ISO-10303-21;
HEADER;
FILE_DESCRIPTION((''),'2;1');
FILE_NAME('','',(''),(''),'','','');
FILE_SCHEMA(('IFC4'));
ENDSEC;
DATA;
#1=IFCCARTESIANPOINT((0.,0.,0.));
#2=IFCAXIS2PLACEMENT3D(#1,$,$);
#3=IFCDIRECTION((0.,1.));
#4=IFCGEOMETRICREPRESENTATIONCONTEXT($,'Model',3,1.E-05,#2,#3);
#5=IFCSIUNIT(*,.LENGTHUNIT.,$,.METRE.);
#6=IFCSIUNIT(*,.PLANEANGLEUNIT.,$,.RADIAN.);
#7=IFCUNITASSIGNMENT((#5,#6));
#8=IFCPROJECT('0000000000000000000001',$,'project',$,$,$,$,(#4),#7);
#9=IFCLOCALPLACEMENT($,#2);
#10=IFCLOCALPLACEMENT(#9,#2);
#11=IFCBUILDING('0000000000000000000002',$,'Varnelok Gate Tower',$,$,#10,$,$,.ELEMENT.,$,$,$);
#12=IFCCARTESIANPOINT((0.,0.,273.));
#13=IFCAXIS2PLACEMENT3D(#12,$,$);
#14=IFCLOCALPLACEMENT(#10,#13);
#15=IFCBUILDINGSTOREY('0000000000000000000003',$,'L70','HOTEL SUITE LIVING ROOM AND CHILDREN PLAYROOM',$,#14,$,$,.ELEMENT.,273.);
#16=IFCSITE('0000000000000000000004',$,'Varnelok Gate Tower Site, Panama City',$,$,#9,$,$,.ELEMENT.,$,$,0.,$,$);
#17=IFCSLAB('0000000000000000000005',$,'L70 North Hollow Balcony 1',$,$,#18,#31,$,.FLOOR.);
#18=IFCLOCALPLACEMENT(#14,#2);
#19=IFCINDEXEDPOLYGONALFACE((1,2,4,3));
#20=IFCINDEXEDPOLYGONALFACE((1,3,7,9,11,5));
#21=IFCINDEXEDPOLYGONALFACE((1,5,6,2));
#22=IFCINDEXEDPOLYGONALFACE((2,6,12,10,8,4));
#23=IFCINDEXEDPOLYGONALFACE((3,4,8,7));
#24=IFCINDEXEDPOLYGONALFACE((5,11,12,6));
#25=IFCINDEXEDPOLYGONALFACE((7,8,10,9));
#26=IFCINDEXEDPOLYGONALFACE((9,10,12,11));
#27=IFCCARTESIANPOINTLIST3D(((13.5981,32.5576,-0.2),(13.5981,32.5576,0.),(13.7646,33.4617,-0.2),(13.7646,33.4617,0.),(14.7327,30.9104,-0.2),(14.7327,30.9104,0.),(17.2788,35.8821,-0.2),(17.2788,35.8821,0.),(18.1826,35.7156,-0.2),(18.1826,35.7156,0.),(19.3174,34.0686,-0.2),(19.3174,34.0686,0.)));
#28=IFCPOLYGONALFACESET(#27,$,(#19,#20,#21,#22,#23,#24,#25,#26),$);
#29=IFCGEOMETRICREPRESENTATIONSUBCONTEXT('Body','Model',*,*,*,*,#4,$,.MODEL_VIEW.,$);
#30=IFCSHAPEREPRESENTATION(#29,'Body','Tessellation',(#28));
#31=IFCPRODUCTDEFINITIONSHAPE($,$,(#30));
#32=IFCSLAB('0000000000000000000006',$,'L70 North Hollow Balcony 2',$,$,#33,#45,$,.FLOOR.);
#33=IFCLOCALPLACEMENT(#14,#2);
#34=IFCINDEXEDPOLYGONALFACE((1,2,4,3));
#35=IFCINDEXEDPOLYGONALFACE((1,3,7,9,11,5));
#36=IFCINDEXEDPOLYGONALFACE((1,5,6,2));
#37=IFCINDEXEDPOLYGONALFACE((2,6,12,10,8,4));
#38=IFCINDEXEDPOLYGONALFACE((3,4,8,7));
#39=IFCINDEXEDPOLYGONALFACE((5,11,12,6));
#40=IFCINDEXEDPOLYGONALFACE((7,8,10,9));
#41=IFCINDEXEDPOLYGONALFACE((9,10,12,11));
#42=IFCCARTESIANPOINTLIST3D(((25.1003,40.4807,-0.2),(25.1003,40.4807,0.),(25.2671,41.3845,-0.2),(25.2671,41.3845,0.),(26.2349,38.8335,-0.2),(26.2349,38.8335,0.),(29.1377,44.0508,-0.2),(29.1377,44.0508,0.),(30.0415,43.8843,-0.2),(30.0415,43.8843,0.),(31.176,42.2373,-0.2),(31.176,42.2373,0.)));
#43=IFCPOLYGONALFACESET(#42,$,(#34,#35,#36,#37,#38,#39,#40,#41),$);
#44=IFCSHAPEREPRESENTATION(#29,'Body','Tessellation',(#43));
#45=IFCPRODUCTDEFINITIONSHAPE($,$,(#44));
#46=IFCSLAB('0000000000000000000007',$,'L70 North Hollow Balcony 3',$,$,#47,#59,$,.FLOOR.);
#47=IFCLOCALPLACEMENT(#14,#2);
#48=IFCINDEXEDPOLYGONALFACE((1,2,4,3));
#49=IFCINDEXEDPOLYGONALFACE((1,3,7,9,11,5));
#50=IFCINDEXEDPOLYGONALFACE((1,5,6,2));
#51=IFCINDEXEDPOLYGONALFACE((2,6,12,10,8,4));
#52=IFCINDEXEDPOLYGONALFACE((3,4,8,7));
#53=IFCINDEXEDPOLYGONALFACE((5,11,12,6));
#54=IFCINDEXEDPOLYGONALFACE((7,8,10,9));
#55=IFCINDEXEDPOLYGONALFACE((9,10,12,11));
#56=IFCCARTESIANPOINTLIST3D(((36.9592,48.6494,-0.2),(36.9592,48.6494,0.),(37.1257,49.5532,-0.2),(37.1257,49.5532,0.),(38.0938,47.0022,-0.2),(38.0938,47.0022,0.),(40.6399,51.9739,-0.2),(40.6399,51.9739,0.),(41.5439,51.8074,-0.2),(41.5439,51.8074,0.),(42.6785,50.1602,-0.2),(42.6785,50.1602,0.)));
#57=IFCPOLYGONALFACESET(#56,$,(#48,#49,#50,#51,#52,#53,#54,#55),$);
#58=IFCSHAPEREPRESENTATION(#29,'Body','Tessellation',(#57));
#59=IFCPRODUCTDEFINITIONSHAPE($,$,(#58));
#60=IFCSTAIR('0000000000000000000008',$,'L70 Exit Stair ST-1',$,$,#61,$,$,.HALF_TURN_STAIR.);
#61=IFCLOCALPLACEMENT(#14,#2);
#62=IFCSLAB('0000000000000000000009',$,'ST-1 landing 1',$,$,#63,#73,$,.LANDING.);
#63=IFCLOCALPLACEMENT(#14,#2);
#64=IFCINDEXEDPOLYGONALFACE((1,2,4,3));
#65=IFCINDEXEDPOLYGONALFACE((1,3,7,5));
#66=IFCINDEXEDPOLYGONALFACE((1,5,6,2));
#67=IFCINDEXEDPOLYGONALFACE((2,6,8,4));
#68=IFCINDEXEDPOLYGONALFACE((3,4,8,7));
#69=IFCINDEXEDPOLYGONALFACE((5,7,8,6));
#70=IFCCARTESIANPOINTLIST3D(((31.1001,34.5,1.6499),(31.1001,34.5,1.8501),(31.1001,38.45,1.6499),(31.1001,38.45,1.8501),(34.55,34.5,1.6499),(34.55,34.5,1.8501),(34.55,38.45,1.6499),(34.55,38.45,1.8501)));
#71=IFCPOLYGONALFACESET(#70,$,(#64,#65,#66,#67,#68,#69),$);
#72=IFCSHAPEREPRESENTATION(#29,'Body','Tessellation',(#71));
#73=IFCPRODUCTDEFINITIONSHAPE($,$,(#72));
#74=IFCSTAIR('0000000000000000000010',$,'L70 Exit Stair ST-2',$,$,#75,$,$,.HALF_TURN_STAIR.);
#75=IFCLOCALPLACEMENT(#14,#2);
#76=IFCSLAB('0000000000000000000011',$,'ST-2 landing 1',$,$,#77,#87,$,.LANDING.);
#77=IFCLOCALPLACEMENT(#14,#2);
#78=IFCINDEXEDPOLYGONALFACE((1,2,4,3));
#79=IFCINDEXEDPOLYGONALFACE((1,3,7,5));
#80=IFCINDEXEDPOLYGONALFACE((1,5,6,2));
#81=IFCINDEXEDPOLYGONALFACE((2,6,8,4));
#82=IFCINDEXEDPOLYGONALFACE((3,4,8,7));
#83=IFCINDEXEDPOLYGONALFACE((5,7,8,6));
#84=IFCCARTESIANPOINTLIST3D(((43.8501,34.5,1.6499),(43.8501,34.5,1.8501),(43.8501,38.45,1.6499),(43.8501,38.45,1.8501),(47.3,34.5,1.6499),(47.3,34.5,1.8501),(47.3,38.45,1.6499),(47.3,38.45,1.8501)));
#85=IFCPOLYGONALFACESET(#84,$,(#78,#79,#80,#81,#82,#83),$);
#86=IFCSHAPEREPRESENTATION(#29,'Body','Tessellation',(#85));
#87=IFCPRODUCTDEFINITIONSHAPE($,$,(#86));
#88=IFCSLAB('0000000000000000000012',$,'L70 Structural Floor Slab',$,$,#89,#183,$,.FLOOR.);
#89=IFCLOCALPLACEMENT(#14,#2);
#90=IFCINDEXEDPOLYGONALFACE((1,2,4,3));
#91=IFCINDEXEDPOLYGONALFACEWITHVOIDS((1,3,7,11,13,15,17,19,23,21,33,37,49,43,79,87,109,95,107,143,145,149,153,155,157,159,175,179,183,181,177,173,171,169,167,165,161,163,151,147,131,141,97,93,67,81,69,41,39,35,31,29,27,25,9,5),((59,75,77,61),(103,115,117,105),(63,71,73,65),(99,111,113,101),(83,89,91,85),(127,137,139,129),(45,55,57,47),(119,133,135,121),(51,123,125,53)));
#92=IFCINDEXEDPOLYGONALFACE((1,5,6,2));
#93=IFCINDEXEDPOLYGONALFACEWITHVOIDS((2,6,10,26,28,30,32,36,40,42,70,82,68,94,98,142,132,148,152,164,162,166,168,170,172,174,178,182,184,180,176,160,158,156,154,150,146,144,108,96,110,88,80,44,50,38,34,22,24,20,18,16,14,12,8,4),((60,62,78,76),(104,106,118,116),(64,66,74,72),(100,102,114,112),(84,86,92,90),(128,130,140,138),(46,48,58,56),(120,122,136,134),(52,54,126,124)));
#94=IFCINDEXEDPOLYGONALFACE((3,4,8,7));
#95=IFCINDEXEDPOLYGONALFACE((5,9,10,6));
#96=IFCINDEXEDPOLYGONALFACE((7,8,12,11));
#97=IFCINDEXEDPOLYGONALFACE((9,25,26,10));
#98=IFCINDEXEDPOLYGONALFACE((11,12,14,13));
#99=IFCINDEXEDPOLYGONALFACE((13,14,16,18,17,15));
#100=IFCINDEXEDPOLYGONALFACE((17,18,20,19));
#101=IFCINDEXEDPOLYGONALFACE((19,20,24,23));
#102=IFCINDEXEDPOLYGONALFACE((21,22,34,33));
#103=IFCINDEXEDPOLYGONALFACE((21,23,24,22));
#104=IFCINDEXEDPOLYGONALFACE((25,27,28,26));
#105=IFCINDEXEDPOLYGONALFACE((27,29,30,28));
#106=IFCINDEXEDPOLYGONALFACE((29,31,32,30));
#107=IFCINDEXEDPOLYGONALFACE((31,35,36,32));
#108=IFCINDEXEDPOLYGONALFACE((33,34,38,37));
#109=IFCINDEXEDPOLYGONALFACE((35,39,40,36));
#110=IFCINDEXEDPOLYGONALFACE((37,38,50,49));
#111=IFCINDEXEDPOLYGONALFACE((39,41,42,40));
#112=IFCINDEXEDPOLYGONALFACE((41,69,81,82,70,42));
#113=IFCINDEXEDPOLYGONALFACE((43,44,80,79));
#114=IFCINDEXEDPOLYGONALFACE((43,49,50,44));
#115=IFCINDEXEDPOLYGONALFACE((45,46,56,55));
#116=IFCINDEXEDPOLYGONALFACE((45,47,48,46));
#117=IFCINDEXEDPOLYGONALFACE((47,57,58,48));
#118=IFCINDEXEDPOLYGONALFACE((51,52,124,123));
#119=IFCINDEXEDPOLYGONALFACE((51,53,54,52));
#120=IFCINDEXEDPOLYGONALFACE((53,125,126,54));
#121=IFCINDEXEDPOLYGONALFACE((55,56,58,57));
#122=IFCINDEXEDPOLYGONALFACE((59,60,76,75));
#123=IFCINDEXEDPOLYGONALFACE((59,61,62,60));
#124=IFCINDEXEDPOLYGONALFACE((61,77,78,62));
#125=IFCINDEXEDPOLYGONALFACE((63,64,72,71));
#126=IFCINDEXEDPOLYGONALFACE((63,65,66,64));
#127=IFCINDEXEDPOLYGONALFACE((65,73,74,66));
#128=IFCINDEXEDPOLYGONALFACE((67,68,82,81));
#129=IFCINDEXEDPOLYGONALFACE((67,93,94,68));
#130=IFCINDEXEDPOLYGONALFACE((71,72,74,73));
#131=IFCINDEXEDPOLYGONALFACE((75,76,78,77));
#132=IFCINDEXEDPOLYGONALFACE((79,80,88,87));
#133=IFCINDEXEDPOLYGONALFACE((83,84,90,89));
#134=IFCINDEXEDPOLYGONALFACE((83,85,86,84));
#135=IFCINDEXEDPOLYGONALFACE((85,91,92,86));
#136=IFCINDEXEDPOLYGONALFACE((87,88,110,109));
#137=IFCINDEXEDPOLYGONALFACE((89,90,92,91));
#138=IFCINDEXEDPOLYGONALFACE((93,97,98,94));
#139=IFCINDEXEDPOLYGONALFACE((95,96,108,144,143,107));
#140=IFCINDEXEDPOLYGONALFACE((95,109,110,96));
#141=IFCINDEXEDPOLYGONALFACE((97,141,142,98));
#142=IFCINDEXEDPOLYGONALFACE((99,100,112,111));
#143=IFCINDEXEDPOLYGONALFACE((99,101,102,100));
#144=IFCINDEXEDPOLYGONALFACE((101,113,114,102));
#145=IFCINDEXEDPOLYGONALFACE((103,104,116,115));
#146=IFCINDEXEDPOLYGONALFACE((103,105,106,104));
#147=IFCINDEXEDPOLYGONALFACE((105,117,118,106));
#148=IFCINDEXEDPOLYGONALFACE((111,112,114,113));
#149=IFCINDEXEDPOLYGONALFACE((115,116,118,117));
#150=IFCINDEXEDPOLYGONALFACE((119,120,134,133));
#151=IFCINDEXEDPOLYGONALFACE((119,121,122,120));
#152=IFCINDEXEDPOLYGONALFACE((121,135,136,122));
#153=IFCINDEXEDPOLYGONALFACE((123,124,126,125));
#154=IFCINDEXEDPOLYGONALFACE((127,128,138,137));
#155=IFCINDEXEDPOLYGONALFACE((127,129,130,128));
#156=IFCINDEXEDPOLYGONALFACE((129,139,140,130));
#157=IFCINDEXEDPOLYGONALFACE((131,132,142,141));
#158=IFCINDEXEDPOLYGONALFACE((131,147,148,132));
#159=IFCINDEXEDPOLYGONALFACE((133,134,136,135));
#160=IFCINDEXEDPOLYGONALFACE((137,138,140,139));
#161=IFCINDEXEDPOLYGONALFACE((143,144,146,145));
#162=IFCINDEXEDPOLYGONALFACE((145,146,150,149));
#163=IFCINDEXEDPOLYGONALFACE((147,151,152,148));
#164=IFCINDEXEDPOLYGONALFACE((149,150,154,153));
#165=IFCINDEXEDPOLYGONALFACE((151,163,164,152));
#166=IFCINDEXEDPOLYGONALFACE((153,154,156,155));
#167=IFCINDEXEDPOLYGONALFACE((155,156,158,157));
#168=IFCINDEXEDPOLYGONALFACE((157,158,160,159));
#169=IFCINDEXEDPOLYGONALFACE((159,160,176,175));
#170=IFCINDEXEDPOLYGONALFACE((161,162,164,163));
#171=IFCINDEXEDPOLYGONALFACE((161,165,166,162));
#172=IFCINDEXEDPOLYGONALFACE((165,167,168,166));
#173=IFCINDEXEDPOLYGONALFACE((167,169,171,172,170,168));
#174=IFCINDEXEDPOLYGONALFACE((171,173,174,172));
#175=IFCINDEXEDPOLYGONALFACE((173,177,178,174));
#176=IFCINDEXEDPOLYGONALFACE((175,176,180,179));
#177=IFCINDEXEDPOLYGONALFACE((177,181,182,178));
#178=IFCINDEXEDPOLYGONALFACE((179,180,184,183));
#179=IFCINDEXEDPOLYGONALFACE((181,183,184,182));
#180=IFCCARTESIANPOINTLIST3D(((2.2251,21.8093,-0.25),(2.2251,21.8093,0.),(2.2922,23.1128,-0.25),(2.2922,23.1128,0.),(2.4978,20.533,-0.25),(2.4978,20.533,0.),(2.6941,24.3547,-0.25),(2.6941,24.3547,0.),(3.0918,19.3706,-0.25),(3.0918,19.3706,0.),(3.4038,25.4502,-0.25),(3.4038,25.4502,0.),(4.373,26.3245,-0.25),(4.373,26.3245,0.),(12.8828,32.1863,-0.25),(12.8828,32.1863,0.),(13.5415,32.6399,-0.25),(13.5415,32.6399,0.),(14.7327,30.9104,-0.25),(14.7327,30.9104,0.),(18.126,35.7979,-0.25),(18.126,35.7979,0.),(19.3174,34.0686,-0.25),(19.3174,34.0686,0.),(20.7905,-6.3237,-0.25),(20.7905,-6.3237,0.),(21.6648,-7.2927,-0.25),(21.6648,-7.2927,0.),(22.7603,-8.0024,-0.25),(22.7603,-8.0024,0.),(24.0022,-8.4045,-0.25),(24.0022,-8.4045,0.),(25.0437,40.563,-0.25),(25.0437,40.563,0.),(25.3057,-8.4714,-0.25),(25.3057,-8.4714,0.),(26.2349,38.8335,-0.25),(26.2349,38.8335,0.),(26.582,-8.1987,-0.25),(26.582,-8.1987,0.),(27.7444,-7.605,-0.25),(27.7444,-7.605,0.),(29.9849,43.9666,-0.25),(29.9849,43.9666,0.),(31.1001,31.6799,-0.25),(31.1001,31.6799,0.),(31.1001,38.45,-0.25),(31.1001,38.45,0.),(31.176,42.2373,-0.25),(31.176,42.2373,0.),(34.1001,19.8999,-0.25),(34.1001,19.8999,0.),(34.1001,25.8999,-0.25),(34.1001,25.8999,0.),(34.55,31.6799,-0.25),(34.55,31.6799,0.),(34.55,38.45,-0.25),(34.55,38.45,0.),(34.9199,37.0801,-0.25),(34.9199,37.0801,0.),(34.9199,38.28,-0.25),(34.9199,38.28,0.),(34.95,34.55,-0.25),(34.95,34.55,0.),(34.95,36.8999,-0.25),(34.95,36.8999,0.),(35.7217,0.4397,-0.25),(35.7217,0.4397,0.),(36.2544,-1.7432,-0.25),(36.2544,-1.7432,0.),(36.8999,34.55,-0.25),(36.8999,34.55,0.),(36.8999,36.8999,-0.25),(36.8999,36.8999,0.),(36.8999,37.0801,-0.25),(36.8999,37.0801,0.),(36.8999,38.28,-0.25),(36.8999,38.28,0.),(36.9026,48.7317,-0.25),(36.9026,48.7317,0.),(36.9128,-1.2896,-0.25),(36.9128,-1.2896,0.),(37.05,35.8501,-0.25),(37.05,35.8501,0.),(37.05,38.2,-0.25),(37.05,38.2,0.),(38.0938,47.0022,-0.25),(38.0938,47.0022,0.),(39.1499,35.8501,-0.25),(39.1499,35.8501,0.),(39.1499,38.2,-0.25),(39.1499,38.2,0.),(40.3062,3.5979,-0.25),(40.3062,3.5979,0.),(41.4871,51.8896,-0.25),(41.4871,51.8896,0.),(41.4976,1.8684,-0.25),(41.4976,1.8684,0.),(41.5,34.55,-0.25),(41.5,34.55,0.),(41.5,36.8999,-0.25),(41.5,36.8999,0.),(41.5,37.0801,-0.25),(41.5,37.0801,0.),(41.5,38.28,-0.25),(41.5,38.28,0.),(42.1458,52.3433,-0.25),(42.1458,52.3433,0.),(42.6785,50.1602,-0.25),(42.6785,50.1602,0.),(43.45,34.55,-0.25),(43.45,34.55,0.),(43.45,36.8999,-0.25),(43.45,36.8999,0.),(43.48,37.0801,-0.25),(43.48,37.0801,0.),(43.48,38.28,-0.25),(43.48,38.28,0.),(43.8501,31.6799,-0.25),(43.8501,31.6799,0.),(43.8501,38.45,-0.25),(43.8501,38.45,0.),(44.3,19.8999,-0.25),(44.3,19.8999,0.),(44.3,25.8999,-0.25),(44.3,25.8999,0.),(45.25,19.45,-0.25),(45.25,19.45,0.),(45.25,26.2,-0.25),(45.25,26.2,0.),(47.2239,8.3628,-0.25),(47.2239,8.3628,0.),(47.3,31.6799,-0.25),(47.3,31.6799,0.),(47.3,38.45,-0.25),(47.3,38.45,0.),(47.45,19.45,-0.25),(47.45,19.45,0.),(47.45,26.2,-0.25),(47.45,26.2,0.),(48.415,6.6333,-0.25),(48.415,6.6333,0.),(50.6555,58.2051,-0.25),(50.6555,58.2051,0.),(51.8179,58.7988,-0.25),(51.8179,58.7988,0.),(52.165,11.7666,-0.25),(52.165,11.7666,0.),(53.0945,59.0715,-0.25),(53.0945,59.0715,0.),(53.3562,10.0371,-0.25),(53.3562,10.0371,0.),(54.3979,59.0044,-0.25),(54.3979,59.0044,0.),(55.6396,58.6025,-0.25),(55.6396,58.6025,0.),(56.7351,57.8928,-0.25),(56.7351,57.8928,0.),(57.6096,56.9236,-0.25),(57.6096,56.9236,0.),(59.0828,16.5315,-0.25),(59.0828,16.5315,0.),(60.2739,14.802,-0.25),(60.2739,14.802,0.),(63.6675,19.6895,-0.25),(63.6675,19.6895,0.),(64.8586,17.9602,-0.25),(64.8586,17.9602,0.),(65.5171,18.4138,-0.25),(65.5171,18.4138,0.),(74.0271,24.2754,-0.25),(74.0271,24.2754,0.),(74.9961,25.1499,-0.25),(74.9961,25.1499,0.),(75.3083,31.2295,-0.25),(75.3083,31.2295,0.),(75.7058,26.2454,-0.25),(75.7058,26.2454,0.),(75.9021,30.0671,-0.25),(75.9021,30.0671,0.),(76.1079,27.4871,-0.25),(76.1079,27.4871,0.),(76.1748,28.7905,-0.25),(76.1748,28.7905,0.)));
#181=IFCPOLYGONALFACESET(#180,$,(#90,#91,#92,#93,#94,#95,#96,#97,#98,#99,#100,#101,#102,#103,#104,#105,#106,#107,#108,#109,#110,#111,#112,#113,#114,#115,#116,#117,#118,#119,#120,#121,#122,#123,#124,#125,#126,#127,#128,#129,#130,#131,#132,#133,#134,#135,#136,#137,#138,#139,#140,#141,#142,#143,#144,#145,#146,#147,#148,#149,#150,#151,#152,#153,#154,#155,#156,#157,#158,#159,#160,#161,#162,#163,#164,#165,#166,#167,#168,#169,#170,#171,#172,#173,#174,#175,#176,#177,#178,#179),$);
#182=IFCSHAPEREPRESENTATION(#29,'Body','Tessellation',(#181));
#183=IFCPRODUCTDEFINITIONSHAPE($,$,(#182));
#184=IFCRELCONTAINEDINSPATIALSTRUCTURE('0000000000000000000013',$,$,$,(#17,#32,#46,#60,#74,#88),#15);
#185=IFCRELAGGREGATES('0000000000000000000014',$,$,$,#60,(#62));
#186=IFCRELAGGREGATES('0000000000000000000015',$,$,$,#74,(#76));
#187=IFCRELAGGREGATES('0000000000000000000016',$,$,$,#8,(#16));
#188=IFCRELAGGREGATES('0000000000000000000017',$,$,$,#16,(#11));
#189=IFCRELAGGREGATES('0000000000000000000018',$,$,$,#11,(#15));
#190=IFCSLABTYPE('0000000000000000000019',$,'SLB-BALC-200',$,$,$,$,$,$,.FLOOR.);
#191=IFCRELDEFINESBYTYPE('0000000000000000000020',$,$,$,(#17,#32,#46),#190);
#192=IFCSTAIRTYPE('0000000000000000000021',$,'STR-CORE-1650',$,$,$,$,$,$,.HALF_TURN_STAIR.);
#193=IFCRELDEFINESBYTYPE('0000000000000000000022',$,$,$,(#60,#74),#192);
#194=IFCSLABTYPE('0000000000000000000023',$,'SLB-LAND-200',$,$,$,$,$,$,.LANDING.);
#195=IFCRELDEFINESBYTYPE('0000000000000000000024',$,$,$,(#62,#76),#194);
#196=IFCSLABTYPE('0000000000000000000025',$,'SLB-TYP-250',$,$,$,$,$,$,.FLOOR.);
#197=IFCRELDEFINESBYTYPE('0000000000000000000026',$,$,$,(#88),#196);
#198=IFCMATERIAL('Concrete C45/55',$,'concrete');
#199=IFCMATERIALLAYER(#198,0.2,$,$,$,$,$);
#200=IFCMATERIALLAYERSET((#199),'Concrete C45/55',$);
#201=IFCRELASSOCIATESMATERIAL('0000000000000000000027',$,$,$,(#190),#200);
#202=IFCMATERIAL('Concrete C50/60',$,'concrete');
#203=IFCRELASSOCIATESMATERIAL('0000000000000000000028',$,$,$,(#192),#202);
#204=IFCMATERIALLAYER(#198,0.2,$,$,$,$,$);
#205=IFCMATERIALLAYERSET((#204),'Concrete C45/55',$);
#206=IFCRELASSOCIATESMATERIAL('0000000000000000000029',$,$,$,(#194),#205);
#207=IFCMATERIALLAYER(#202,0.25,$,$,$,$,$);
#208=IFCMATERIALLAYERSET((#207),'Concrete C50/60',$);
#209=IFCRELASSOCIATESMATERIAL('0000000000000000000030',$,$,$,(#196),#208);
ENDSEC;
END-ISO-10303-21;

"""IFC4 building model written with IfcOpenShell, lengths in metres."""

from ifc_helpers import new_model, si_unit, direction, frame, origin, place, context, subcontext, project, spatial, polyline, outline, extrude, material, layer, layer_set, type_object, element, aggregate, save


model = new_model("IFC4")

# Units and contexts
model_context = context("Model", 3, precision=1e-05, world=origin(), true_north=direction((0.0, 1.0)))
body_context = subcontext(model_context, "Body", "Model", "MODEL_VIEW")
ifc_project = project(units=[si_unit("LENGTHUNIT", "METRE"), si_unit("PLANEANGLEUNIT", "RADIAN")], contexts=[model_context])

# Site, building, storey
site_placement = place(None, origin())
site = spatial("IfcSite", under=ifc_project, at=site_placement, Name="Varnelok Gate Tower Site, Panama City", CompositionType="ELEMENT", RefElevation=0.0)
building_placement = place(site_placement, origin())
building = spatial("IfcBuilding", under=site, at=building_placement, Name="Varnelok Gate Tower", CompositionType="ELEMENT")
storey_placement = place(building_placement, frame((0.0, 0.0, 273.0)))
storey = spatial("IfcBuildingStorey", under=building, at=storey_placement, Name="L70", Description="HOTEL SUITE LIVING ROOM AND CHILDREN PLAYROOM", CompositionType="ELEMENT", Elevation=273.0)

# Slabs
ifc_material_1 = material(Name="Concrete C45/55", Category="concrete")
ifc_layer_1 = layer(ifc_material_1, 0.2)
ifc_layer_set_1 = layer_set([ifc_layer_1], Name="Concrete C45/55")
slab_type_1 = type_object("IfcSlabType", Name="SLB-BALC-200", PredefinedType="FLOOR", material=ifc_layer_set_1)
slab_1_placement = place(storey_placement, frame((0.0, 0.0, -0.2)))
element("IfcSlab", 1, at=slab_1_placement, inside=storey, type_object=slab_type_1, Name="L70 North Hollow Balcony 1", PredefinedType="FLOOR", context=body_context, shape_type="SweptSolid", body=[
    extrude(outline(polyline([(14.7327, 30.9104), (19.3174, 34.0686), (18.1826, 35.7156), (17.2788, 35.8821), (13.7646, 33.4617), (13.5981, 32.5576), (14.7327, 30.9104)])), origin(), (0.0, 0.0, 1.0), 0.2),
])
slab_2_placement = place(storey_placement, frame((0.0, 0.0, -0.2)))
element("IfcSlab", 2, at=slab_2_placement, inside=storey, type_object=slab_type_1, Name="L70 North Hollow Balcony 2", PredefinedType="FLOOR", context=body_context, shape_type="SweptSolid", body=[
    extrude(outline(polyline([(26.2349, 38.8335), (31.176, 42.2373), (30.0415, 43.8843), (29.1377, 44.0508), (25.2671, 41.3845), (25.1003, 40.4807), (26.2349, 38.8335)])), origin(), (0.0, 0.0, 1.0), 0.2),
])
slab_3_placement = place(storey_placement, frame((0.0, 0.0, -0.2)))
element("IfcSlab", 3, at=slab_3_placement, inside=storey, type_object=slab_type_1, Name="L70 North Hollow Balcony 3", PredefinedType="FLOOR", context=body_context, shape_type="SweptSolid", body=[
    extrude(outline(polyline([(38.0938, 47.0022), (42.6785, 50.1602), (41.5439, 51.8074), (40.6399, 51.9739), (37.1257, 49.5532), (36.9592, 48.6494), (38.0938, 47.0022)])), origin(), (0.0, 0.0, 1.0), 0.2),
])

# Stairs, slabs
ifc_material_2 = material(Name="Concrete C50/60", Category="concrete")
stair_type = type_object("IfcStairType", Name="STR-CORE-1650", PredefinedType="HALF_TURN_STAIR", material=ifc_material_2)
stair_1_placement = place(storey_placement, origin())
stair_1 = element("IfcStair", 4, at=stair_1_placement, inside=storey, type_object=stair_type, Name="L70 Exit Stair ST-1", PredefinedType="HALF_TURN_STAIR")
ifc_layer_2 = layer(ifc_material_1, 0.2)
ifc_layer_set_2 = layer_set([ifc_layer_2], Name="Concrete C45/55")
slab_type_2 = type_object("IfcSlabType", Name="SLB-LAND-200", PredefinedType="LANDING", material=ifc_layer_set_2)
slab_4_placement = place(storey_placement, frame((0.0, 0.0, 1.6499)))
slab_4 = element("IfcSlab", 5, at=slab_4_placement, type_object=slab_type_2, Name="ST-1 landing 1", PredefinedType="LANDING", context=body_context, shape_type="SweptSolid", body=[
    extrude(outline(polyline([(34.55, 34.5), (34.55, 38.45), (31.1001, 38.45), (31.1001, 34.5), (34.55, 34.5)])), origin(), (0.0, 0.0, 1.0), 0.2002),
])
aggregate(stair_1, [slab_4])
stair_2_placement = place(storey_placement, origin())
stair_2 = element("IfcStair", 6, at=stair_2_placement, inside=storey, type_object=stair_type, Name="L70 Exit Stair ST-2", PredefinedType="HALF_TURN_STAIR")
slab_5_placement = place(storey_placement, frame((0.0, 0.0, 1.6499)))
slab_5 = element("IfcSlab", 7, at=slab_5_placement, type_object=slab_type_2, Name="ST-2 landing 1", PredefinedType="LANDING", context=body_context, shape_type="SweptSolid", body=[
    extrude(outline(polyline([(47.3, 34.5), (47.3, 38.45), (43.8501, 38.45), (43.8501, 34.5), (47.3, 34.5)])), origin(), (0.0, 0.0, 1.0), 0.2002),
])
aggregate(stair_2, [slab_5])

# Slab
ifc_layer_3 = layer(ifc_material_2, 0.25)
ifc_layer_set_3 = layer_set([ifc_layer_3], Name="Concrete C50/60")
slab_type_3 = type_object("IfcSlabType", Name="SLB-TYP-250", PredefinedType="FLOOR", material=ifc_layer_set_3)
slab_6_placement = place(storey_placement, frame((0.0, 0.0, -0.25)))
element("IfcSlab", 8, at=slab_6_placement, inside=storey, type_object=slab_type_3, Name="L70 Structural Floor Slab", PredefinedType="FLOOR", context=body_context, shape_type="SweptSolid", body=[
    extrude(outline(polyline([(20.7905, -6.3237), (21.6648, -7.2927), (22.7603, -8.0024), (24.0022, -8.4045), (25.3057, -8.4714), (26.582, -8.1987), (27.7444, -7.605), (36.2544, -1.7432), (36.9128, -1.2896), (35.7217, 0.4397), (40.3062, 3.5979), (41.4976, 1.8684), (48.415, 6.6333), (47.2239, 8.3628), (52.165, 11.7666), (53.3562, 10.0371), (60.2739, 14.802), (59.0828, 16.5315), (63.6675, 19.6895), (64.8586, 17.9602), (65.5171, 18.4138), (74.0271, 24.2754), (74.9961, 25.1499), (75.7058, 26.2454), (76.1079, 27.4871), (76.1748, 28.7905), (75.9021, 30.0671), (75.3083, 31.2295), (57.6096, 56.9236), (56.7351, 57.8928), (55.6396, 58.6025), (54.3979, 59.0044), (53.0945, 59.0715), (51.8179, 58.7988), (50.6555, 58.2051), (42.1458, 52.3433), (41.4871, 51.8896), (42.6785, 50.1602), (38.0938, 47.0022), (36.9026, 48.7317), (29.9849, 43.9666), (31.176, 42.2373), (26.2349, 38.8335), (25.0437, 40.563), (18.126, 35.7979), (19.3174, 34.0686), (14.7327, 30.9104), (13.5415, 32.6399), (12.8828, 32.1863), (4.373, 26.3245), (3.4038, 25.4502), (2.6941, 24.3547), (2.2922, 23.1128), (2.2251, 21.8093), (2.4978, 20.533), (3.0918, 19.3706), (20.7905, -6.3237)]), holes=[polyline([(34.55, 31.6799), (34.55, 38.45), (31.1001, 38.45), (31.1001, 31.6799), (34.55, 31.6799)]), polyline([(47.3, 31.6799), (47.3, 38.45), (43.8501, 38.45), (43.8501, 31.6799), (47.3, 31.6799)]), polyline([(34.95, 34.55), (36.8999, 34.55), (36.8999, 36.8999), (34.95, 36.8999), (34.95, 34.55)]), polyline([(41.5, 34.55), (43.45, 34.55), (43.45, 36.8999), (41.5, 36.8999), (41.5, 34.55)]), polyline([(37.05, 35.8501), (39.1499, 35.8501), (39.1499, 38.2), (37.05, 38.2), (37.05, 35.8501)]), polyline([(45.25, 19.45), (47.45, 19.45), (47.45, 26.2), (45.25, 26.2), (45.25, 19.45)]), polyline([(34.9199, 37.0801), (36.8999, 37.0801), (36.8999, 38.28), (34.9199, 38.28), (34.9199, 37.0801)]), polyline([(41.5, 37.0801), (43.48, 37.0801), (43.48, 38.28), (41.5, 38.28), (41.5, 37.0801)]), polyline([(34.1001, 19.8999), (44.3, 19.8999), (44.3, 25.8999), (34.1001, 25.8999), (34.1001, 19.8999)])]), origin(), (0.0, 0.0, 1.0), 0.25),
])

save(model, "model.ifc")
